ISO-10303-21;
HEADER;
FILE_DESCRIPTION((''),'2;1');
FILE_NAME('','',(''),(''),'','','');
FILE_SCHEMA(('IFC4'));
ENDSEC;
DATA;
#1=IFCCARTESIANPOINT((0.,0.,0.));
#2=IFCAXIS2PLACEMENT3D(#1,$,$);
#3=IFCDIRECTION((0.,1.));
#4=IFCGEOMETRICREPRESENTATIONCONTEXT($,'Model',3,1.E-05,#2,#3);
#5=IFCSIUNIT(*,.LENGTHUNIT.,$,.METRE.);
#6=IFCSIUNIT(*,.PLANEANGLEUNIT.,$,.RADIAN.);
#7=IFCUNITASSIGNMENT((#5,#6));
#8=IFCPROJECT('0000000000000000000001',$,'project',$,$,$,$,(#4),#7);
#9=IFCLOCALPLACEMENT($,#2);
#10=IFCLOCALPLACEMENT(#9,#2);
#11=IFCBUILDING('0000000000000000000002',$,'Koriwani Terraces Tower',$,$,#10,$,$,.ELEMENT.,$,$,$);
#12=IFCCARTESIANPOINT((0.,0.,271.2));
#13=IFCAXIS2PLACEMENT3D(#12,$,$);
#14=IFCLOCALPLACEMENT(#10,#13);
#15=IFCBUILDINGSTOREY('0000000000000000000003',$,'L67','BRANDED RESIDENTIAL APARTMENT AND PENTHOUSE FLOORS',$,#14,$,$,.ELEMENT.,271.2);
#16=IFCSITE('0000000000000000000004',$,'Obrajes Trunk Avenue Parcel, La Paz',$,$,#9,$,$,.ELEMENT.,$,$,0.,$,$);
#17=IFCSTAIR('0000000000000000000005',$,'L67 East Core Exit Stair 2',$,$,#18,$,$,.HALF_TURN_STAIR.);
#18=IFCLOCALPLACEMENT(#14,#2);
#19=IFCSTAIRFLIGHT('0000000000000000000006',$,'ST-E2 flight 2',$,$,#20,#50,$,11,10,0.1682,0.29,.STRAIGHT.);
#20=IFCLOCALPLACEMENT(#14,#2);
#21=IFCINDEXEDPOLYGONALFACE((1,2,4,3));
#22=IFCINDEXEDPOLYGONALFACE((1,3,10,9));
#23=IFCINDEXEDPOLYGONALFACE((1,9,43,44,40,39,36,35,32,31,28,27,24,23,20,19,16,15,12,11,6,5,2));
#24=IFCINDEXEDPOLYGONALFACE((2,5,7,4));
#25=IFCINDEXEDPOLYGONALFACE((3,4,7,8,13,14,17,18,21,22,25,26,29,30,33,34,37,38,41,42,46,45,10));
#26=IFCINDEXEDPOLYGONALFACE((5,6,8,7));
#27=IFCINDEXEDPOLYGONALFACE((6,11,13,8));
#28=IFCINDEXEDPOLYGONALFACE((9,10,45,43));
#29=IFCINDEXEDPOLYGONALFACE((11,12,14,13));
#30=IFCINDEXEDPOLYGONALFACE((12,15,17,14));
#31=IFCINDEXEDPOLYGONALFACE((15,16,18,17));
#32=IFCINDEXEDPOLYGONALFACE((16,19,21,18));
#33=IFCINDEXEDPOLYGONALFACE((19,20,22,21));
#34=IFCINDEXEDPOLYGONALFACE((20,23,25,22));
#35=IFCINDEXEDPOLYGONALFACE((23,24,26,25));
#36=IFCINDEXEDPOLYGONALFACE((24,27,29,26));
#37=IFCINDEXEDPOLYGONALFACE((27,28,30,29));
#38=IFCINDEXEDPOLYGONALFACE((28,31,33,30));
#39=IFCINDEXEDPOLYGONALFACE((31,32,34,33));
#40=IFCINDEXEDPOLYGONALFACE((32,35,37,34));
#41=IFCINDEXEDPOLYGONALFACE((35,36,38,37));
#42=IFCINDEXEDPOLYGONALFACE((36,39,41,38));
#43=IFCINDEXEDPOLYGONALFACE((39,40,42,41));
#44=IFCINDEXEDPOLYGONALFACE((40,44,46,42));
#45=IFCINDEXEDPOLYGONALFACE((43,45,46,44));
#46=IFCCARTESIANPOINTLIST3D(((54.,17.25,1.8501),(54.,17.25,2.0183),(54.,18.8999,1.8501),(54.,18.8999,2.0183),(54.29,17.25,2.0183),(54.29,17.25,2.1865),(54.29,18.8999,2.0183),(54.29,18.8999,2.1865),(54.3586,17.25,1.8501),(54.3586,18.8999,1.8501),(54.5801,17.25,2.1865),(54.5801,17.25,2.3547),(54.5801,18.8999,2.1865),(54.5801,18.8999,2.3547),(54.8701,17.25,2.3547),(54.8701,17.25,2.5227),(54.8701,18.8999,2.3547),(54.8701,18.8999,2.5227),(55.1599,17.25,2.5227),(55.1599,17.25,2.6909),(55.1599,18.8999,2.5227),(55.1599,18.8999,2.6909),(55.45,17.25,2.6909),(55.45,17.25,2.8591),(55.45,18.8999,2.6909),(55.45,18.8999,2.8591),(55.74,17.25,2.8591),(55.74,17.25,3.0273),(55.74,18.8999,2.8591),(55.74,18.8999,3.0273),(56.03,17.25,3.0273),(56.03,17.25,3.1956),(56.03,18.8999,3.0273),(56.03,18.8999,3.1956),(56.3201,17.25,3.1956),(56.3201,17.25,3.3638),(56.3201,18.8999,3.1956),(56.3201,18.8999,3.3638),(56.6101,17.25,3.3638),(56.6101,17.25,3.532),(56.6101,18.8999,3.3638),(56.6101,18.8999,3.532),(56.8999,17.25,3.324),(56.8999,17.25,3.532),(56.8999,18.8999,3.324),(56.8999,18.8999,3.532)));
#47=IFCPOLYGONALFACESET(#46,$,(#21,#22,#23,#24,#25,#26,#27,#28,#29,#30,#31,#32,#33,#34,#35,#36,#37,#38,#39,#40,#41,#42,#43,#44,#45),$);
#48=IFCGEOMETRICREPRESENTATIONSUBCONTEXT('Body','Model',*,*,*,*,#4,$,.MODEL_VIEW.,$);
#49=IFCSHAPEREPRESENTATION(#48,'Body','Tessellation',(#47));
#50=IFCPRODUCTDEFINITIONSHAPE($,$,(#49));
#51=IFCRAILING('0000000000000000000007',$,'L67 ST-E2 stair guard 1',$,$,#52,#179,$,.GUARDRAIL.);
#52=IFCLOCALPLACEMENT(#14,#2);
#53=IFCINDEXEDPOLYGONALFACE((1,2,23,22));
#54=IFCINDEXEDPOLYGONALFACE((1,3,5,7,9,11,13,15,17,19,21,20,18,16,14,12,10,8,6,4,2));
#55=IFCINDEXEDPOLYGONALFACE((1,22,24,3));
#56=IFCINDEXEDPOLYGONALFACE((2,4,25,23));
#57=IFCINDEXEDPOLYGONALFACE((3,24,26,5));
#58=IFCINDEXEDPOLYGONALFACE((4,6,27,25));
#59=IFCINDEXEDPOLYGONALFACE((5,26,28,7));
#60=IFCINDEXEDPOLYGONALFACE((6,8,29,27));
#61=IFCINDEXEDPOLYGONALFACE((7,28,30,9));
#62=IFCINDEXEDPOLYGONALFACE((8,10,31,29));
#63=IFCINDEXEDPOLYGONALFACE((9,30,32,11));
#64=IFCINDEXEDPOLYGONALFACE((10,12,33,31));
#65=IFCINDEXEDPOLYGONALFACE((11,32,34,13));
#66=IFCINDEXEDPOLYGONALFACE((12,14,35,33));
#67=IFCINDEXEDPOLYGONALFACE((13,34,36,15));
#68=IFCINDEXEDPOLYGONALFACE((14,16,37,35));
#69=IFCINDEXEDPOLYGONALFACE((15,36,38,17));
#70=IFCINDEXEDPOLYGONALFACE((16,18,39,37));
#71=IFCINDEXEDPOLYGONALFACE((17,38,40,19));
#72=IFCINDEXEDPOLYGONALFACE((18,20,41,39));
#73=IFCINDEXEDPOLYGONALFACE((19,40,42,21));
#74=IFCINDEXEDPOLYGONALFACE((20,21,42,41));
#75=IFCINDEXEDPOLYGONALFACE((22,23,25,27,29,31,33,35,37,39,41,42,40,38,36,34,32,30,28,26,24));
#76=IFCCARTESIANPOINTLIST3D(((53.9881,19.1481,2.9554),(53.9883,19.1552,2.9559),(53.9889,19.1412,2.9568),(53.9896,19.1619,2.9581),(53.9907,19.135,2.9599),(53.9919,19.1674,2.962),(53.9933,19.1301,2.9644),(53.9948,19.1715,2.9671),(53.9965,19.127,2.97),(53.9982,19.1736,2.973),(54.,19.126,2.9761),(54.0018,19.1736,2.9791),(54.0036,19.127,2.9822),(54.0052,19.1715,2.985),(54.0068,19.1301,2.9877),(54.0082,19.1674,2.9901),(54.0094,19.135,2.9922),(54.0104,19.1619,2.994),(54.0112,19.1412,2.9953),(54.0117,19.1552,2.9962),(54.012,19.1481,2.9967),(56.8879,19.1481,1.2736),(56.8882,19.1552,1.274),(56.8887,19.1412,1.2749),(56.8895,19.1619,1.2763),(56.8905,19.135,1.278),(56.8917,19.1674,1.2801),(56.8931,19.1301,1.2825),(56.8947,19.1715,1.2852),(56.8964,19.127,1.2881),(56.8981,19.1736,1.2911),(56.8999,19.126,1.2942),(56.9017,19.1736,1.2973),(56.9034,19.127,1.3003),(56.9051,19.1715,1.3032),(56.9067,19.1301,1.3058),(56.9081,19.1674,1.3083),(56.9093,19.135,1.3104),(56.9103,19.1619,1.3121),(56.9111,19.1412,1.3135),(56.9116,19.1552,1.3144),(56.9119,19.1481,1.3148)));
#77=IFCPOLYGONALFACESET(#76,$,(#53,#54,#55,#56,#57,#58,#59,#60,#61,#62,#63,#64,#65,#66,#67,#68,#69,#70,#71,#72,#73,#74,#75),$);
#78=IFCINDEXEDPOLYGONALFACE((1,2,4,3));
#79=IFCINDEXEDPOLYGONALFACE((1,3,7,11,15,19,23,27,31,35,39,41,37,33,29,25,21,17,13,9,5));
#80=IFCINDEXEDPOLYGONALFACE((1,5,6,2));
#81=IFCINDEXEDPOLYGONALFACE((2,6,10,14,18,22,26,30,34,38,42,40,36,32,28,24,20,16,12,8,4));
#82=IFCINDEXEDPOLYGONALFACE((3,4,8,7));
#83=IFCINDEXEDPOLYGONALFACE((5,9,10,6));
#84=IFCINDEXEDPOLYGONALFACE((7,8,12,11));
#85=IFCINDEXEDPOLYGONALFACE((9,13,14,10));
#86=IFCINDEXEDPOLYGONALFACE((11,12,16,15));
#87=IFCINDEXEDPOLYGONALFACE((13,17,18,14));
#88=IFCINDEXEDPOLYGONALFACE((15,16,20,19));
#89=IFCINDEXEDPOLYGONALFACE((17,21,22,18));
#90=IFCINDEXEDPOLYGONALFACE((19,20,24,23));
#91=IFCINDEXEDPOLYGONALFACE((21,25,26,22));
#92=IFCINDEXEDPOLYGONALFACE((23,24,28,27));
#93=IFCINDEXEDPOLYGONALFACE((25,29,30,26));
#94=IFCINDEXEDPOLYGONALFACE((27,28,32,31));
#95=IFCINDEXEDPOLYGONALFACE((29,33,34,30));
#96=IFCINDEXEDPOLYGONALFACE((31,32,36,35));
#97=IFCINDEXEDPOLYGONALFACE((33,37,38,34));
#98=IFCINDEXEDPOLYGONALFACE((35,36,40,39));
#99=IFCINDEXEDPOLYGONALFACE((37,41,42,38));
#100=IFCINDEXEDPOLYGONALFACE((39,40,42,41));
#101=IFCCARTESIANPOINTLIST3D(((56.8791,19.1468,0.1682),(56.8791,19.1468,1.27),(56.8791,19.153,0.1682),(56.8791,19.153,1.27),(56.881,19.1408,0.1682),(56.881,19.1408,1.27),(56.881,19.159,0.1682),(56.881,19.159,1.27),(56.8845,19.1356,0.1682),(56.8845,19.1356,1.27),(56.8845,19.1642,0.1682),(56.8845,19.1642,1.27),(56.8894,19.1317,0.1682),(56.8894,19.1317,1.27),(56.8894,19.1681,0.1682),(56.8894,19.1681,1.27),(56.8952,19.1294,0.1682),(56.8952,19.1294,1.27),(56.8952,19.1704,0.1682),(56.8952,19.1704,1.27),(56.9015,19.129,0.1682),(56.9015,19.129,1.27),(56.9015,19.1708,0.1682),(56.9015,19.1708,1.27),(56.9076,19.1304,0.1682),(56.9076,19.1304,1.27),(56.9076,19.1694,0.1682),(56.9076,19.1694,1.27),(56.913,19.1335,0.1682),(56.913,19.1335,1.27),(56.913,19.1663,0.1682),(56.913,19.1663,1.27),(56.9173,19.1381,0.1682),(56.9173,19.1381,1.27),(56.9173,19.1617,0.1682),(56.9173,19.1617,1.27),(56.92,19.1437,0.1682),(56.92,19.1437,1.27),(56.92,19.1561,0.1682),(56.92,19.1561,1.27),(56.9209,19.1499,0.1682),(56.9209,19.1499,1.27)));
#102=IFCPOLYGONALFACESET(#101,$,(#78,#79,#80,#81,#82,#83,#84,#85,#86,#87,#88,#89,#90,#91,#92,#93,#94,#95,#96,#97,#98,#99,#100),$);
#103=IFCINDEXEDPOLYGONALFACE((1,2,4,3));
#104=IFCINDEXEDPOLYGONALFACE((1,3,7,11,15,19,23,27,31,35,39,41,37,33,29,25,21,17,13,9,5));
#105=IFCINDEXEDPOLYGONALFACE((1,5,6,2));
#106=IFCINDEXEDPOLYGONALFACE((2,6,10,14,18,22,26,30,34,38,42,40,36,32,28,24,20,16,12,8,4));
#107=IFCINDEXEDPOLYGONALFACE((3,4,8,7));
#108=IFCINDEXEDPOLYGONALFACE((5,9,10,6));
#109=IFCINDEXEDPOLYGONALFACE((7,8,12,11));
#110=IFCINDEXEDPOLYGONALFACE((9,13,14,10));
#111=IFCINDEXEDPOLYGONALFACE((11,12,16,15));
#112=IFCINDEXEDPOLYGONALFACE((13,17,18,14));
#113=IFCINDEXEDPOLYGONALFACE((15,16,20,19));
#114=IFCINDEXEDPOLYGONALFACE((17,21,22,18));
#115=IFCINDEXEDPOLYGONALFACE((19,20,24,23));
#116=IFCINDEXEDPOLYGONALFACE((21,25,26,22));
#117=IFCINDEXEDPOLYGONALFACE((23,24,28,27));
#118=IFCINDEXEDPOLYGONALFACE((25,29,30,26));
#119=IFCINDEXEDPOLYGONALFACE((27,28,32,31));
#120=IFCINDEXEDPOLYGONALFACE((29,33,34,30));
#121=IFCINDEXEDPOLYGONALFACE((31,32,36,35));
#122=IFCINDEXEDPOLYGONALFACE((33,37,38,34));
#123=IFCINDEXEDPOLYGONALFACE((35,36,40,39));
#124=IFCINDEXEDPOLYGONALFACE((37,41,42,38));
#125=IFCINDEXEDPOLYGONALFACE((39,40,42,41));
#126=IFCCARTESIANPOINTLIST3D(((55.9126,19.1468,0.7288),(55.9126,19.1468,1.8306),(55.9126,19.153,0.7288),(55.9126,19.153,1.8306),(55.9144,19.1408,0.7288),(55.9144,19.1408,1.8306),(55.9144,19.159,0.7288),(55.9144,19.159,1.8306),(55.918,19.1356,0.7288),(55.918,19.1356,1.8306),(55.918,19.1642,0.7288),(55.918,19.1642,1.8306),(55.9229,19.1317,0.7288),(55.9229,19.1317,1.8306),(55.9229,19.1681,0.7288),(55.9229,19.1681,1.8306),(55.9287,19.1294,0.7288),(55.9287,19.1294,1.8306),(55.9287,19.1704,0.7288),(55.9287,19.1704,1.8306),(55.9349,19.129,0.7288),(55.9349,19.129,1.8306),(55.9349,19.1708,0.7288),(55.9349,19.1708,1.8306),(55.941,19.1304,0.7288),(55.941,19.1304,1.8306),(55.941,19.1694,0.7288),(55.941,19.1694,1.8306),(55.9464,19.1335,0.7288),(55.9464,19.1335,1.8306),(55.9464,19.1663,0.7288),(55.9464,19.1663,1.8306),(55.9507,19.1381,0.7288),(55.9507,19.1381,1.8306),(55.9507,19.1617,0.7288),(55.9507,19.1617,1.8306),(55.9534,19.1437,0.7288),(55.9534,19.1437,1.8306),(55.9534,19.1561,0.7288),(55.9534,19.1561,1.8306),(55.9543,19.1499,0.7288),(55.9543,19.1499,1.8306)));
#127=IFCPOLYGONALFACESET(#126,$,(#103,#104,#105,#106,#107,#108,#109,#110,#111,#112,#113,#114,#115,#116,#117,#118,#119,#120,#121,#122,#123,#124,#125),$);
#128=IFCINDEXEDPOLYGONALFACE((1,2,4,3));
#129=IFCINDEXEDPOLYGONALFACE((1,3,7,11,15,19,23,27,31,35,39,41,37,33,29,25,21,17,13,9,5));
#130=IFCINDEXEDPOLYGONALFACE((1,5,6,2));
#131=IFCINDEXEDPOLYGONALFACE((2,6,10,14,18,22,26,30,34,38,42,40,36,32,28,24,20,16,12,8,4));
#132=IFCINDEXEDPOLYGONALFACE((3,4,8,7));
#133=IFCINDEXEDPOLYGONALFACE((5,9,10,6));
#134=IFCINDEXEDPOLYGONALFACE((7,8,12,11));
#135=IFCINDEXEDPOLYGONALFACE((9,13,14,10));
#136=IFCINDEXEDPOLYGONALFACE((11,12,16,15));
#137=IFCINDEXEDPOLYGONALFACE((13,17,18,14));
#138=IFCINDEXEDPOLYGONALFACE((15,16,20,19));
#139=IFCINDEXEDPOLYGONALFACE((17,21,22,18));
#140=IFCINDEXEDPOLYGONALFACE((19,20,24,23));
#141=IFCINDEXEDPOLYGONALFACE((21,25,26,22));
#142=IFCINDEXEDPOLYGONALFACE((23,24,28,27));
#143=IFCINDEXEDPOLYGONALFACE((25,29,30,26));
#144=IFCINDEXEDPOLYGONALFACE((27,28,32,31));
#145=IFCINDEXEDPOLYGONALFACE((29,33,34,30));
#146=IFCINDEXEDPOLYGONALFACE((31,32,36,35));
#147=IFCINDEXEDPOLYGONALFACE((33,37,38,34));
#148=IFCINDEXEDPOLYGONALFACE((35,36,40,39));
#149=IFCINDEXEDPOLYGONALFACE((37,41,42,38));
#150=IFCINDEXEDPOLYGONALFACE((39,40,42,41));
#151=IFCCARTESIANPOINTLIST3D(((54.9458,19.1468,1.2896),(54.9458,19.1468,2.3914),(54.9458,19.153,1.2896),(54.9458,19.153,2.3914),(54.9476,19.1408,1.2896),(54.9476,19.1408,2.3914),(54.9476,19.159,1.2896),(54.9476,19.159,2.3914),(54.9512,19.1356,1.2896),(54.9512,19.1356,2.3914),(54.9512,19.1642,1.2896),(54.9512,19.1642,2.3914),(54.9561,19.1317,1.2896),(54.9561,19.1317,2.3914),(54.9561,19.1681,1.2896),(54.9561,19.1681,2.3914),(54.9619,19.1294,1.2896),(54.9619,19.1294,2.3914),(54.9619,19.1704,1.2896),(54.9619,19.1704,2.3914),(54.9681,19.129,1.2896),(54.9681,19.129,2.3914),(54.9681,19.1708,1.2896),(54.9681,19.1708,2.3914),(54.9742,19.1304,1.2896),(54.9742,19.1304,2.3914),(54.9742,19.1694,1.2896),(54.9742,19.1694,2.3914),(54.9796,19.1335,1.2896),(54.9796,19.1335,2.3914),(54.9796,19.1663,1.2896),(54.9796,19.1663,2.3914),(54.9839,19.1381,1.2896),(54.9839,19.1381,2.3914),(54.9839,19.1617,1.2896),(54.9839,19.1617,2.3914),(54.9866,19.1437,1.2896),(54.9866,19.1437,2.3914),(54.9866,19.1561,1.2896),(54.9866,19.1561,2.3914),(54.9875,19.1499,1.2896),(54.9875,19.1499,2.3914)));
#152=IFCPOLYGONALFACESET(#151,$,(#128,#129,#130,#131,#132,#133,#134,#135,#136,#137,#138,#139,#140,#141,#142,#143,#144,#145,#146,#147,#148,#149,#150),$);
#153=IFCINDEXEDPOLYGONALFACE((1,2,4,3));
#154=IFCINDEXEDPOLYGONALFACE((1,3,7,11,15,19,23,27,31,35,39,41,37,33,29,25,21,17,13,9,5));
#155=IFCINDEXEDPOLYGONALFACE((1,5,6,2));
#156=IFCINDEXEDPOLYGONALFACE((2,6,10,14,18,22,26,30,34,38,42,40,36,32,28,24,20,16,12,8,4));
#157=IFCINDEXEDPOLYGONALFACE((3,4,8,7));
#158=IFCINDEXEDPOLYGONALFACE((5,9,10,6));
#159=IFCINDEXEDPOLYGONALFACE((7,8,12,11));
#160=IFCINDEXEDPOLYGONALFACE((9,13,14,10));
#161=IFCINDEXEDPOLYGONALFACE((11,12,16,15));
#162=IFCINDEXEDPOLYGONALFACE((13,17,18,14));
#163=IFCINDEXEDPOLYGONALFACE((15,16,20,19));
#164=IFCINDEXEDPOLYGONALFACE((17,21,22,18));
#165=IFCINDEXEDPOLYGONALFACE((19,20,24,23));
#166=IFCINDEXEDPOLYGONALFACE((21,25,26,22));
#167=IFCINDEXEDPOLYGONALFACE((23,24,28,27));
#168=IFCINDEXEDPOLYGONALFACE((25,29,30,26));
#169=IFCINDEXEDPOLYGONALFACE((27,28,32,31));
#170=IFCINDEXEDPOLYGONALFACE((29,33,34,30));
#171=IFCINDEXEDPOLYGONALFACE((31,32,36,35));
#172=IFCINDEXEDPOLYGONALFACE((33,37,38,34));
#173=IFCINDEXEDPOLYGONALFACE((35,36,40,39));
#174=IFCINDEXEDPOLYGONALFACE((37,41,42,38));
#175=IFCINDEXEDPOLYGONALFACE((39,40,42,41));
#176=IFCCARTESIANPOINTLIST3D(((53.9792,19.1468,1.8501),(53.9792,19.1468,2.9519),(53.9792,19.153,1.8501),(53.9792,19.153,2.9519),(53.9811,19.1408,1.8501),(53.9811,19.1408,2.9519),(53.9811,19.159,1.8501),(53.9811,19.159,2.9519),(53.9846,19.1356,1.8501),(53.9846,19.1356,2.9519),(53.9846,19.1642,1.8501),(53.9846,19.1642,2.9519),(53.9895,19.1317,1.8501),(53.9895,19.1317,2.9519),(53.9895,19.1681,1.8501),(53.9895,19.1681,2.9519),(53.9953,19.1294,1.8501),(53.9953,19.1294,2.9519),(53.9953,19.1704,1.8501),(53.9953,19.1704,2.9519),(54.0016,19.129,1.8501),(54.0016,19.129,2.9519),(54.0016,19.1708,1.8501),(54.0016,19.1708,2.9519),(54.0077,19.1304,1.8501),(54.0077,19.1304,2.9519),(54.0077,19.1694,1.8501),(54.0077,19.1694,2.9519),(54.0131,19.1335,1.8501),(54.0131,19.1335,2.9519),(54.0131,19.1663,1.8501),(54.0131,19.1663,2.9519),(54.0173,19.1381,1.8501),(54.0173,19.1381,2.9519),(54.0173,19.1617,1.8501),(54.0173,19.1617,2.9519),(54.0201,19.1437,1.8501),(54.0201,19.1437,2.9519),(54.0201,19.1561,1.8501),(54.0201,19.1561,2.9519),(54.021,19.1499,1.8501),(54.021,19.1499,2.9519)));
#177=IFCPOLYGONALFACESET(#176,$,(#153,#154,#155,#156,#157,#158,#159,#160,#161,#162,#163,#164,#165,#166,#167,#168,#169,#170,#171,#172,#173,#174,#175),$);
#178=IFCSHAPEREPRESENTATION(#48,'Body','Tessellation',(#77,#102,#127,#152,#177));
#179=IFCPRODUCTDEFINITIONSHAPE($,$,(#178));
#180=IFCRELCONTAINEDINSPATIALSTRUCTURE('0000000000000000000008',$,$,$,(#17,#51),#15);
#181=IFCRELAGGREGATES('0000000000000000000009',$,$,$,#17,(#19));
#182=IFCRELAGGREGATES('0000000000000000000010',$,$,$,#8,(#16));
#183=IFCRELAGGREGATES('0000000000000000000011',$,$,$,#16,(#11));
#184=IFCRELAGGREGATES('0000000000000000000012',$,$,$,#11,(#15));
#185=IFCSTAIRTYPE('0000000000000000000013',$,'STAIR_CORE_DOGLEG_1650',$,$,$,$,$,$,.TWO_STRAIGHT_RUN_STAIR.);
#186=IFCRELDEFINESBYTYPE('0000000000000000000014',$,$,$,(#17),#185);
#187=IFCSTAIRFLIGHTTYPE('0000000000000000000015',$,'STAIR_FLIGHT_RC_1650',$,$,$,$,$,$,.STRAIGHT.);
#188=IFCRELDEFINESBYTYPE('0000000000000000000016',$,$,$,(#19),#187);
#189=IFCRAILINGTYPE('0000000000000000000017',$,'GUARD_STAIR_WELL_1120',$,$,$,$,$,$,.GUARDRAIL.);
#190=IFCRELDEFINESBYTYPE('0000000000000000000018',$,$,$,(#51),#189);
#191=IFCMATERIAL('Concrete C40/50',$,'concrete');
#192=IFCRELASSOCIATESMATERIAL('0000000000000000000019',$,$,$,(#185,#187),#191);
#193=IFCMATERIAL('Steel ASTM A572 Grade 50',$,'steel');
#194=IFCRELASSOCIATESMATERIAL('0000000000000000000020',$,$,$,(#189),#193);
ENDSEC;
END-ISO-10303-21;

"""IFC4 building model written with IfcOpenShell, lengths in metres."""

from ifc_helpers import new_model, si_unit, direction, frame, origin, origin_2d, place, context, subcontext, project, spatial, polyline, circle, outline, extrude, material, type_object, element, aggregate, save


model = new_model("IFC4")

# Units and contexts
model_context = context("Model", 3, precision=1e-05, world=origin(), true_north=direction((0.0, 1.0)))
body_context = subcontext(model_context, "Body", "Model", "MODEL_VIEW")
ifc_project = project(units=[si_unit("LENGTHUNIT", "METRE"), si_unit("PLANEANGLEUNIT", "RADIAN")], contexts=[model_context])

# Site, building, storey
site_placement = place(None, origin())
site = spatial("IfcSite", under=ifc_project, at=site_placement, Name="Obrajes Trunk Avenue Parcel, La Paz", CompositionType="ELEMENT", RefElevation=0.0)
building_placement = place(site_placement, origin())
building = spatial("IfcBuilding", under=site, at=building_placement, Name="Koriwani Terraces Tower", CompositionType="ELEMENT")
storey_placement = place(building_placement, frame((0.0, 0.0, 271.2)))
storey = spatial("IfcBuildingStorey", under=building, at=storey_placement, Name="L67", Description="BRANDED RESIDENTIAL APARTMENT AND PENTHOUSE FLOORS", CompositionType="ELEMENT", Elevation=271.2)

# Shared definitions
ifc_material_1 = material(Name="Concrete C40/50", Category="concrete")
ifc_material_2 = material(Name="Steel ASTM A572 Grade 50", Category="steel")

# Stair, stair flight
stair_type = type_object("IfcStairType", Name="STAIR_CORE_DOGLEG_1650", PredefinedType="TWO_STRAIGHT_RUN_STAIR", material=ifc_material_1)
stair_placement = place(storey_placement, origin())
stair = element("IfcStair", 1, at=stair_placement, inside=storey, type_object=stair_type, Name="L67 East Core Exit Stair 2", PredefinedType="HALF_TURN_STAIR")
stair_flight_type = type_object("IfcStairFlightType", Name="STAIR_FLIGHT_RC_1650", PredefinedType="STRAIGHT", material=ifc_material_1)
stair_flight_1_placement = place(storey_placement, frame((54.0, 18.075, 1.8501), z_axis=(0.0, 0.0, 1.0), x_axis=(1.0, 0.0, 0.0)))
stair_flight_1 = element("IfcStairFlight", 2, at=stair_flight_1_placement, type_object=stair_flight_type, Name="ST-E2 flight 2", NumberOfRisers=11, NumberOfTreads=10, PredefinedType="STRAIGHT", RiserHeight=0.1682, TreadLength=0.29, context=body_context, shape_type="SweptSolid", body=[
    extrude(outline(polyline([(0.0, 0.0), (0.0, 0.1682), (0.29, 0.1682), (0.29, 0.3364), (0.5801, 0.3364), (0.5801, 0.5046), (0.8701, 0.5046), (0.8701, 0.6726), (1.1599, 0.6726), (1.1599, 0.8408), (1.45, 0.8408), (1.45, 1.009), (1.74, 1.009), (1.74, 1.1772), (2.03, 1.1772), (2.03, 1.3455), (2.3201, 1.3455), (2.3201, 1.5137), (2.6101, 1.5137), (2.6101, 1.6819), (2.8999, 1.6819), (2.8999, 1.8501), (2.8999, 1.4739), (0.3586, 0.0), (0.0, 0.0)])), frame((0.0, 0.825, 0.0), z_axis=(0.0, -1.0, 0.0), x_axis=(1.0, 0.0, 0.0)), (0.0, 0.0, 1.0), 1.6499),
])
aggregate(stair, [stair_flight_1])

# Railing
railing_type_1 = type_object("IfcRailingType", Name="GUARD_STAIR_WELL_1120", PredefinedType="GUARDRAIL", material=ifc_material_2)
railing_1_placement = place(storey_placement, frame((56.8999, 19.1499, 0.1682)))
element("IfcRailing", 3, at=railing_1_placement, inside=storey, type_object=railing_type_1, Name="L67 ST-E2 stair guard 1", PredefinedType="GUARDRAIL", context=body_context, shape_type="SweptSolid", body=[
    extrude(circle(Radius=0.0239, at=origin_2d()), frame((0.0, 0.0, 1.126), z_axis=(-0.865039, 0.0, 0.501705), x_axis=(0.0, -1.0, 0.0)), (0.0, 0.0, 1.0), 3.3523),
    extrude(circle(Radius=0.021, at=origin_2d()), origin(), (0.0, 0.0, 1.0), 1.1018),
    extrude(circle(Radius=0.021, at=origin_2d()), frame((-0.9666, 0.0, 0.5605)), (0.0, 0.0, 1.0), 1.1018),
    extrude(circle(Radius=0.021, at=origin_2d()), frame((-1.9333, 0.0, 1.1213)), (0.0, 0.0, 1.0), 1.1018),
    extrude(circle(Radius=0.021, at=origin_2d()), frame((-2.8999, 0.0, 1.6819)), (0.0, 0.0, 1.0), 1.1018),
])

save(model, "model.ifc")
